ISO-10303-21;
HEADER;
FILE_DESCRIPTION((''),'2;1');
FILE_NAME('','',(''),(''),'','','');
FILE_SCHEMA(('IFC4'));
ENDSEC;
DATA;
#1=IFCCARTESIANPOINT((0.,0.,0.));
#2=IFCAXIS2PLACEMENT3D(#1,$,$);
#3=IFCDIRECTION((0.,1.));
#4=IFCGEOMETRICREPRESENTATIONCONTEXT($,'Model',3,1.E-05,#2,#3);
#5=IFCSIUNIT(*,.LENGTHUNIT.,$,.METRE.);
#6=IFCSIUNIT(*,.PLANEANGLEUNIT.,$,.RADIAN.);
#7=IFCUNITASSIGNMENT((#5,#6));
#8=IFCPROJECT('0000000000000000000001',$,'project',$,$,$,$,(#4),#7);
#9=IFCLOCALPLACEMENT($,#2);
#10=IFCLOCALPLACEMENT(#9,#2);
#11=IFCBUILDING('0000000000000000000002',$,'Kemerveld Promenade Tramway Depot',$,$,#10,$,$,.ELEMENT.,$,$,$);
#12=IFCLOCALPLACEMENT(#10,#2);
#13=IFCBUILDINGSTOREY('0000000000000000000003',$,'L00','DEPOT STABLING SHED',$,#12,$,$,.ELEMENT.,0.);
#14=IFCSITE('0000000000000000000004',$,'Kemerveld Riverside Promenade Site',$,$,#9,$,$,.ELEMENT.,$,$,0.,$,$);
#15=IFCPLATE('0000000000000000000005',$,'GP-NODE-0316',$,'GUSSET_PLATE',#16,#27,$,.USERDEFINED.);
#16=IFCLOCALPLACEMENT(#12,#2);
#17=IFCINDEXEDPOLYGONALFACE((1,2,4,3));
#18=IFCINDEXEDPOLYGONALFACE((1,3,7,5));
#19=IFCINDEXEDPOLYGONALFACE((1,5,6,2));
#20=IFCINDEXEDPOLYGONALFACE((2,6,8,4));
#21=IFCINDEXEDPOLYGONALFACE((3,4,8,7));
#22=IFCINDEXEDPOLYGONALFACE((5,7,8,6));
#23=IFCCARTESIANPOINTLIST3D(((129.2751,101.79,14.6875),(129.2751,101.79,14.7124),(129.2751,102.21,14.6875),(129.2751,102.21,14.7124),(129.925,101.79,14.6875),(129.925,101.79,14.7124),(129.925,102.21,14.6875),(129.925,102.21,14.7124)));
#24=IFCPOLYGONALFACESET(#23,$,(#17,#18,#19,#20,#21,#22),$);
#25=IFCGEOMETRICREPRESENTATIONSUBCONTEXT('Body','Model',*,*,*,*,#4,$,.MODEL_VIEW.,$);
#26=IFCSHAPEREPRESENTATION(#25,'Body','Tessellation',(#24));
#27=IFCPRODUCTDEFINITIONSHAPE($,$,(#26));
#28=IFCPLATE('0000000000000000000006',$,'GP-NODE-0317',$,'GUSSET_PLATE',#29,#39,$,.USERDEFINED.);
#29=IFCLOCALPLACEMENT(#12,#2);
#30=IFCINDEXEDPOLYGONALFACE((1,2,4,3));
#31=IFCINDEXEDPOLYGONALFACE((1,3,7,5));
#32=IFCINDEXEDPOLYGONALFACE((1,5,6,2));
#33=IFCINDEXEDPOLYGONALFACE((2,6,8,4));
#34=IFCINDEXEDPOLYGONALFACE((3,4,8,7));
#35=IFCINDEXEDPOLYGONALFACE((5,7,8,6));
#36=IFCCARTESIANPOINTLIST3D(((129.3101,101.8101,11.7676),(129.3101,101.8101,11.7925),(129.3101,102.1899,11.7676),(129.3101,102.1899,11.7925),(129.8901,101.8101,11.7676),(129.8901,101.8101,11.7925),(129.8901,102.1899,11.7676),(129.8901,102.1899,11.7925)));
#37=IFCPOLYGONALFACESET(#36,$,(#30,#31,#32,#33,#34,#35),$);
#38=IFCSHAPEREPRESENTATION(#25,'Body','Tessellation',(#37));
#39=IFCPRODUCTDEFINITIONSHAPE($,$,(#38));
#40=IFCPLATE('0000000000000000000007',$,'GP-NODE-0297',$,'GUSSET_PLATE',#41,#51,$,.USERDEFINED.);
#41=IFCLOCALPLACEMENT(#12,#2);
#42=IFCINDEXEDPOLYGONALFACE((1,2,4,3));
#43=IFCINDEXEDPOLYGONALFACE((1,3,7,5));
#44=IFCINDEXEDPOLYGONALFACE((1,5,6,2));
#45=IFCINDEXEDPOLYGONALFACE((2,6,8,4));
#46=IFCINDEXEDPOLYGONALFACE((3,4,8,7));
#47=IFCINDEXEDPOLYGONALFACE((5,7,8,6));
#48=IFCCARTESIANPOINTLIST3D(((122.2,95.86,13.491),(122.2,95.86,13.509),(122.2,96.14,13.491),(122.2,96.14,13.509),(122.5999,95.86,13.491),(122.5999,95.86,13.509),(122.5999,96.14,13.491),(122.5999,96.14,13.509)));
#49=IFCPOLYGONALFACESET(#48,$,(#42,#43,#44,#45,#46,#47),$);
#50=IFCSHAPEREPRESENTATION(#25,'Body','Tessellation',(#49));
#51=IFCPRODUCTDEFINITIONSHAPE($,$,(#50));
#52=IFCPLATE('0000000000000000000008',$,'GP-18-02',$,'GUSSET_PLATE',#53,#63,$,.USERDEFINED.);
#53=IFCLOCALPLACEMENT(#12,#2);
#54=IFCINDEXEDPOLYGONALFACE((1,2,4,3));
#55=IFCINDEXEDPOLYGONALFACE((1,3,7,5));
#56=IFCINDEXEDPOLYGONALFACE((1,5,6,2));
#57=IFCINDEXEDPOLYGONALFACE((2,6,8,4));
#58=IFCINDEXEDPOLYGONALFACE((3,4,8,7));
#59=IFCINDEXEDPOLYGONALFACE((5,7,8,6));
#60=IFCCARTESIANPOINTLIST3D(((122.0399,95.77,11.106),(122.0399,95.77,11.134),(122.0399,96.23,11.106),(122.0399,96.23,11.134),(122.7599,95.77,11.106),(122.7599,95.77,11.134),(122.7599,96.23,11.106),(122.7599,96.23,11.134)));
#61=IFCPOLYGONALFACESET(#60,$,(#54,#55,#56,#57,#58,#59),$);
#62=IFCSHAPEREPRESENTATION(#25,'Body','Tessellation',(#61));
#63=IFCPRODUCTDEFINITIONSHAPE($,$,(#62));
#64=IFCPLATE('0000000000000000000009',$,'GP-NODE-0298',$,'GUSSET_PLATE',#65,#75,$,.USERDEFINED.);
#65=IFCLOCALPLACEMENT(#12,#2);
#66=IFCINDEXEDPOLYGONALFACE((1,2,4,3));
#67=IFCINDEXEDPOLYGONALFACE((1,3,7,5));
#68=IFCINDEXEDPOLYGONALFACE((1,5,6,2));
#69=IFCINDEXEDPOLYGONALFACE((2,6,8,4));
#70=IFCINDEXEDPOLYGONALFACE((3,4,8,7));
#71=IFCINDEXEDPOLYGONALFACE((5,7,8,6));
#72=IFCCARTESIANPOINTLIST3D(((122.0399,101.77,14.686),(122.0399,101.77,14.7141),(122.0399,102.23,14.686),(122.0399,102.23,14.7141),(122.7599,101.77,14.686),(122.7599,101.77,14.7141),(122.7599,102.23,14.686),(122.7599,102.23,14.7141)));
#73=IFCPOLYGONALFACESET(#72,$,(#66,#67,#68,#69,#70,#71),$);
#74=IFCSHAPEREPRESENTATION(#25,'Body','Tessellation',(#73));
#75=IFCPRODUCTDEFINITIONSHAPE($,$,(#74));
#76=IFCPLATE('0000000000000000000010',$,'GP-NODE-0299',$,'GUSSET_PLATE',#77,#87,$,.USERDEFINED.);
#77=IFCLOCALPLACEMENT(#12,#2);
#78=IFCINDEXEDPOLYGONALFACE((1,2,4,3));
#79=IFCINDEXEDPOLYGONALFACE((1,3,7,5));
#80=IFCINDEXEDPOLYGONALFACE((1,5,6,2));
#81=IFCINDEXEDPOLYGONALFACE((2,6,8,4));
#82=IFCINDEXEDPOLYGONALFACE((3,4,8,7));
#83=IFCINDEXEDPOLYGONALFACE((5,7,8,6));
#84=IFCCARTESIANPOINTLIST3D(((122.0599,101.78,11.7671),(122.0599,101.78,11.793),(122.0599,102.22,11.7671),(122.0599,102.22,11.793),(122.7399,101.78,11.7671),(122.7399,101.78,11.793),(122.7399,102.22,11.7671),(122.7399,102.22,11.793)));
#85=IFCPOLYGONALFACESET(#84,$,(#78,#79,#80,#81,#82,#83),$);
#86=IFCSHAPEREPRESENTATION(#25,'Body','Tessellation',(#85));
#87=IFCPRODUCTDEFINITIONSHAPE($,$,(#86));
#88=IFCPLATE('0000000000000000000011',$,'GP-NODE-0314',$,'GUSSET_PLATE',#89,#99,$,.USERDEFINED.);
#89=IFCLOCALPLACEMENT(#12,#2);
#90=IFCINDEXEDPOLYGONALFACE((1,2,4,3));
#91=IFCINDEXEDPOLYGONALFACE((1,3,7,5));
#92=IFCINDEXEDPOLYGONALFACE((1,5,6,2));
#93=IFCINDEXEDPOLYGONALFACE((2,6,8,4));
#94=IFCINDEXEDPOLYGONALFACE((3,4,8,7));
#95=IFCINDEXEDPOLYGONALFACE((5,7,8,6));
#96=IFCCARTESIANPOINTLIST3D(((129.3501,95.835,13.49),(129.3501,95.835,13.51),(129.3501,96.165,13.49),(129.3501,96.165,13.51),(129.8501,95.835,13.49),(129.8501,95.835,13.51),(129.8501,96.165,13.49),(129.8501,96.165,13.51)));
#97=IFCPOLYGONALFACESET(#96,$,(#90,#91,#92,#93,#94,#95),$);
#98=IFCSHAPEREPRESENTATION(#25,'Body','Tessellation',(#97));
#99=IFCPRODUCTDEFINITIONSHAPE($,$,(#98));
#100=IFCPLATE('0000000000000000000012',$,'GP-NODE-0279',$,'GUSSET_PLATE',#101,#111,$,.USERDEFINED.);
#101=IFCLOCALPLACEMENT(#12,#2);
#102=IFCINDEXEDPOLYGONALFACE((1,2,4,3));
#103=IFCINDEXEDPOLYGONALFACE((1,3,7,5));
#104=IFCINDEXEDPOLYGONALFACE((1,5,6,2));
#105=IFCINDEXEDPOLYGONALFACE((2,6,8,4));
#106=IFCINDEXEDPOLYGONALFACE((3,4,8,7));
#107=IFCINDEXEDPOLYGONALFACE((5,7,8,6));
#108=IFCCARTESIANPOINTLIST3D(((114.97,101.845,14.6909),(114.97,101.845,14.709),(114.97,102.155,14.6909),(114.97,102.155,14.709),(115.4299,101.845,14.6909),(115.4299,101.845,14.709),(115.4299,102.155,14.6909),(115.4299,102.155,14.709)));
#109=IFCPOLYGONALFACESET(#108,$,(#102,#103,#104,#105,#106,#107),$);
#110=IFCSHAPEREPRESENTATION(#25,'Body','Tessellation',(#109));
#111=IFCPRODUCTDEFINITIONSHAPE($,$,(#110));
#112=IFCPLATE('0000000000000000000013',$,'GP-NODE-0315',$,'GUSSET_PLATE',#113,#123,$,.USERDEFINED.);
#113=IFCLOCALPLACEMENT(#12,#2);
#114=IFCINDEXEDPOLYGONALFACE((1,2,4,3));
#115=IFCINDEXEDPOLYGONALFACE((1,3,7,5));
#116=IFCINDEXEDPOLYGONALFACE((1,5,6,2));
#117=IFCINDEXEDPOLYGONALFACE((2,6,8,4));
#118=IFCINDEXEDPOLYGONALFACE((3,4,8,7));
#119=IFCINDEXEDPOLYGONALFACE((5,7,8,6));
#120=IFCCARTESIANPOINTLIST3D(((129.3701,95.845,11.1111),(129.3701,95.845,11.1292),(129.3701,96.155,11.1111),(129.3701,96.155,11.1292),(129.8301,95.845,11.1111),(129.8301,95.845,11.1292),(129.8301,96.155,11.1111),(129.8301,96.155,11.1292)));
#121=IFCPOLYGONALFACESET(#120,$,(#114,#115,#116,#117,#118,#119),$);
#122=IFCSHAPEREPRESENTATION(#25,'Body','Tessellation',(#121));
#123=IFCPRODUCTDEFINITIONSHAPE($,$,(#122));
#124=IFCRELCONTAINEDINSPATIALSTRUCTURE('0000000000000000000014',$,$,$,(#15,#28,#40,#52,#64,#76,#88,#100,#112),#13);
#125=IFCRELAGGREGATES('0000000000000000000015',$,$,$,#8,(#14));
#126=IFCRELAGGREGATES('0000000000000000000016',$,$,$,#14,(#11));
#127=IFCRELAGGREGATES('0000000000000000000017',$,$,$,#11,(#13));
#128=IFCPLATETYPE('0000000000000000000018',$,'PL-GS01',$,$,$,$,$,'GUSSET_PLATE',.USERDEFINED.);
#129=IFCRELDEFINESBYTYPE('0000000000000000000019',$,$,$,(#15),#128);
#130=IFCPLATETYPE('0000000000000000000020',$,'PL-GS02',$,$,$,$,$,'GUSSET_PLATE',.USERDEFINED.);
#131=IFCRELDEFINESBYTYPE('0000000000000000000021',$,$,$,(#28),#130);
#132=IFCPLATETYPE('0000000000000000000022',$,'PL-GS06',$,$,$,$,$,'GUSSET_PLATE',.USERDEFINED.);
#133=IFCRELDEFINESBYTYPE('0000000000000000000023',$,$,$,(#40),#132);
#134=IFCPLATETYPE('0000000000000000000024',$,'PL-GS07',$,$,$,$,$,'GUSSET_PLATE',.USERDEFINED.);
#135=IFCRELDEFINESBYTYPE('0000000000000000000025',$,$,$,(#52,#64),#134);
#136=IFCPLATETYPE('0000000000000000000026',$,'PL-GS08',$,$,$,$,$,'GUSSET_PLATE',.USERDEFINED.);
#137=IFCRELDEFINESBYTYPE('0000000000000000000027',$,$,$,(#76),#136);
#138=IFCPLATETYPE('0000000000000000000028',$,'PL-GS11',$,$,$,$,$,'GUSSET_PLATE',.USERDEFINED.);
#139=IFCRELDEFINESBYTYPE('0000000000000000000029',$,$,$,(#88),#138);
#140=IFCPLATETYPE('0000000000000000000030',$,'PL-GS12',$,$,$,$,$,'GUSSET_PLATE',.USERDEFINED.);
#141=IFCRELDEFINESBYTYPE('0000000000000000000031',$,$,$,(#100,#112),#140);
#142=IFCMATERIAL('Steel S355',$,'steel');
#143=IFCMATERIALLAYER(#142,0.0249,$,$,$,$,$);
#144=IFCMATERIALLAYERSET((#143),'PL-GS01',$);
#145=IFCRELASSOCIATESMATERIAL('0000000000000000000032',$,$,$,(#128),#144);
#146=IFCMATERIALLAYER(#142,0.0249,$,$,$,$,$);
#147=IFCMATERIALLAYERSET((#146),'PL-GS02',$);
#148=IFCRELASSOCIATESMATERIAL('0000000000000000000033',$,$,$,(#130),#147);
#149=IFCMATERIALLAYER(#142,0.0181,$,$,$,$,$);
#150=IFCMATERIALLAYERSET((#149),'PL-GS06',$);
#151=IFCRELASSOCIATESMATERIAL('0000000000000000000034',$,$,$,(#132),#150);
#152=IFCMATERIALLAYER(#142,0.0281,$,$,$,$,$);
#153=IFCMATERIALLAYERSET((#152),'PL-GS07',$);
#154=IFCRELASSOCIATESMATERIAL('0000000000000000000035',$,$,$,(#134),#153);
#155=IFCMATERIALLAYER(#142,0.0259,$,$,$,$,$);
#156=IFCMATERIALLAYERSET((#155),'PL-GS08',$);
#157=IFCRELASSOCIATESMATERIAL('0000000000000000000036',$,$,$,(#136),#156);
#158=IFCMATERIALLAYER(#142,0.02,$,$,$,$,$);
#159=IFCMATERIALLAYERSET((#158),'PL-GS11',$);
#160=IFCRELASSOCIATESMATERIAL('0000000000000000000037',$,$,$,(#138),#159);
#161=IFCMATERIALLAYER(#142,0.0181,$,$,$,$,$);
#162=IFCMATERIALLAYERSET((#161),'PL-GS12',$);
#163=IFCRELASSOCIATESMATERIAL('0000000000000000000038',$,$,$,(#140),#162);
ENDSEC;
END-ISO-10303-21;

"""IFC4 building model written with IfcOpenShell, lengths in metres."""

from ifc_helpers import new_model, si_unit, direction, frame, origin, origin_2d, place, context, subcontext, project, spatial, rectangle, extrude, material, layer, layer_set, type_object, element, save


model = new_model("IFC4")

# Units and contexts
model_context = context("Model", 3, precision=1e-05, world=origin(), true_north=direction((0.0, 1.0)))
body_context = subcontext(model_context, "Body", "Model", "MODEL_VIEW")
ifc_project = project(units=[si_unit("LENGTHUNIT", "METRE"), si_unit("PLANEANGLEUNIT", "RADIAN")], contexts=[model_context])

# Site, building, storey
site_placement = place(None, origin())
site = spatial("IfcSite", under=ifc_project, at=site_placement, Name="Kemerveld Riverside Promenade Site", CompositionType="ELEMENT", RefElevation=0.0)
building_placement = place(site_placement, origin())
building = spatial("IfcBuilding", under=site, at=building_placement, Name="Kemerveld Promenade Tramway Depot", CompositionType="ELEMENT")
storey_placement = place(building_placement, origin())
storey = spatial("IfcBuildingStorey", under=building, at=storey_placement, Name="L00", Description="DEPOT STABLING SHED", CompositionType="ELEMENT", Elevation=0.0)

# Shared definitions
ifc_material_1 = material(Name="Steel S355", Category="steel")

# Plates
ifc_layer_1 = layer(ifc_material_1, 0.0249)
ifc_layer_set_1 = layer_set([ifc_layer_1], Name="PL-GS01")
plate_type_1 = type_object("IfcPlateType", Name="PL-GS01", ElementType="GUSSET_PLATE", PredefinedType="USERDEFINED", material=ifc_layer_set_1)
for number, where, z_axis, x_axis, name in (
    (1, (129.6001, 102.0, 14.6875), (0.0, 0.0, 1.0), (1.0, 0.0, 0.0), "GP-NODE-0316"),
):
    element("IfcPlate", number, at=place(storey_placement, frame(where, z_axis=z_axis, x_axis=x_axis)), inside=storey, type_object=plate_type_1, Name=name, ObjectType="GUSSET_PLATE", PredefinedType="USERDEFINED", context=body_context, shape_type="SweptSolid", body=[
        extrude(rectangle(XDim=0.6499, YDim=0.4199, at=origin_2d()), origin(), (0.0, 0.0, 1.0), 0.0249),
    ])
ifc_layer_2 = layer(ifc_material_1, 0.0249)
ifc_layer_set_2 = layer_set([ifc_layer_2], Name="PL-GS02")
plate_type_2 = type_object("IfcPlateType", Name="PL-GS02", ElementType="GUSSET_PLATE", PredefinedType="USERDEFINED", material=ifc_layer_set_2)
plate_1_placement = place(storey_placement, frame((129.6001, 102.0, 11.7676), z_axis=(0.0, 0.0, 1.0), x_axis=(1.0, 0.0, 0.0)))
element("IfcPlate", 2, at=plate_1_placement, inside=storey, type_object=plate_type_2, Name="GP-NODE-0317", ObjectType="GUSSET_PLATE", PredefinedType="USERDEFINED", context=body_context, shape_type="SweptSolid", body=[
    extrude(rectangle(XDim=0.5801, YDim=0.3799, at=origin_2d()), origin(), (0.0, 0.0, 1.0), 0.0249),
])
ifc_layer_3 = layer(ifc_material_1, 0.0181)
ifc_layer_set_3 = layer_set([ifc_layer_3], Name="PL-GS06")
plate_type_3 = type_object("IfcPlateType", Name="PL-GS06", ElementType="GUSSET_PLATE", PredefinedType="USERDEFINED", material=ifc_layer_set_3)
plate_2_placement = place(storey_placement, frame((122.3999, 96.0, 13.491), z_axis=(0.0, 0.0, 1.0), x_axis=(1.0, 0.0, 0.0)))
element("IfcPlate", 3, at=plate_2_placement, inside=storey, type_object=plate_type_3, Name="GP-NODE-0297", ObjectType="GUSSET_PLATE", PredefinedType="USERDEFINED", context=body_context, shape_type="SweptSolid", body=[
    extrude(rectangle(XDim=0.3999, YDim=0.28, at=origin_2d()), origin(), (0.0, 0.0, 1.0), 0.0181),
])
ifc_layer_4 = layer(ifc_material_1, 0.0281)
ifc_layer_set_4 = layer_set([ifc_layer_4], Name="PL-GS07")
plate_type_4 = type_object("IfcPlateType", Name="PL-GS07", ElementType="GUSSET_PLATE", PredefinedType="USERDEFINED", material=ifc_layer_set_4)
for number, where, z_axis, x_axis, name in (
    (4, (122.3999, 96.0, 11.106), (0.0, 0.0, 1.0), (1.0, 0.0, 0.0), "GP-18-02"),
    (5, (122.3999, 102.0, 14.686), (0.0, 0.0, 1.0), (1.0, 0.0, 0.0), "GP-NODE-0298"),
):
    element("IfcPlate", number, at=place(storey_placement, frame(where, z_axis=z_axis, x_axis=x_axis)), inside=storey, type_object=plate_type_4, Name=name, ObjectType="GUSSET_PLATE", PredefinedType="USERDEFINED", context=body_context, shape_type="SweptSolid", body=[
        extrude(rectangle(XDim=0.72, YDim=0.46, at=origin_2d()), origin(), (0.0, 0.0, 1.0), 0.0281),
    ])
ifc_layer_5 = layer(ifc_material_1, 0.0259)
ifc_layer_set_5 = layer_set([ifc_layer_5], Name="PL-GS08")
plate_type_5 = type_object("IfcPlateType", Name="PL-GS08", ElementType="GUSSET_PLATE", PredefinedType="USERDEFINED", material=ifc_layer_set_5)
plate_3_placement = place(storey_placement, frame((122.3999, 102.0, 11.7671), z_axis=(0.0, 0.0, 1.0), x_axis=(1.0, 0.0, 0.0)))
element("IfcPlate", 6, at=plate_3_placement, inside=storey, type_object=plate_type_5, Name="GP-NODE-0299", ObjectType="GUSSET_PLATE", PredefinedType="USERDEFINED", context=body_context, shape_type="SweptSolid", body=[
    extrude(rectangle(XDim=0.6799, YDim=0.4399, at=origin_2d()), origin(), (0.0, 0.0, 1.0), 0.0259),
])
ifc_layer_6 = layer(ifc_material_1, 0.02)
ifc_layer_set_6 = layer_set([ifc_layer_6], Name="PL-GS11")
plate_type_6 = type_object("IfcPlateType", Name="PL-GS11", ElementType="GUSSET_PLATE", PredefinedType="USERDEFINED", material=ifc_layer_set_6)
plate_4_placement = place(storey_placement, frame((129.6001, 96.0, 13.49), z_axis=(0.0, 0.0, 1.0), x_axis=(1.0, 0.0, 0.0)))
element("IfcPlate", 7, at=plate_4_placement, inside=storey, type_object=plate_type_6, Name="GP-NODE-0314", ObjectType="GUSSET_PLATE", PredefinedType="USERDEFINED", context=body_context, shape_type="SweptSolid", body=[
    extrude(rectangle(XDim=0.5, YDim=0.3301, at=origin_2d()), origin(), (0.0, 0.0, 1.0), 0.02),
])
ifc_layer_7 = layer(ifc_material_1, 0.0181)
ifc_layer_set_7 = layer_set([ifc_layer_7], Name="PL-GS12")
plate_type_7 = type_object("IfcPlateType", Name="PL-GS12", ElementType="GUSSET_PLATE", PredefinedType="USERDEFINED", material=ifc_layer_set_7)
for number, where, z_axis, x_axis, name in (
    (8, (115.2, 102.0, 14.6909), (0.0, 0.0, 1.0), (1.0, 0.0, 0.0), "GP-NODE-0279"),
    (9, (129.6001, 96.0, 11.1111), (0.0, 0.0, 1.0), (1.0, 0.0, 0.0), "GP-NODE-0315"),
):
    element("IfcPlate", number, at=place(storey_placement, frame(where, z_axis=z_axis, x_axis=x_axis)), inside=storey, type_object=plate_type_7, Name=name, ObjectType="GUSSET_PLATE", PredefinedType="USERDEFINED", context=body_context, shape_type="SweptSolid", body=[
        extrude(rectangle(XDim=0.46, YDim=0.3101, at=origin_2d()), origin(), (0.0, 0.0, 1.0), 0.0181),
    ])

save(model, "model.ifc")
